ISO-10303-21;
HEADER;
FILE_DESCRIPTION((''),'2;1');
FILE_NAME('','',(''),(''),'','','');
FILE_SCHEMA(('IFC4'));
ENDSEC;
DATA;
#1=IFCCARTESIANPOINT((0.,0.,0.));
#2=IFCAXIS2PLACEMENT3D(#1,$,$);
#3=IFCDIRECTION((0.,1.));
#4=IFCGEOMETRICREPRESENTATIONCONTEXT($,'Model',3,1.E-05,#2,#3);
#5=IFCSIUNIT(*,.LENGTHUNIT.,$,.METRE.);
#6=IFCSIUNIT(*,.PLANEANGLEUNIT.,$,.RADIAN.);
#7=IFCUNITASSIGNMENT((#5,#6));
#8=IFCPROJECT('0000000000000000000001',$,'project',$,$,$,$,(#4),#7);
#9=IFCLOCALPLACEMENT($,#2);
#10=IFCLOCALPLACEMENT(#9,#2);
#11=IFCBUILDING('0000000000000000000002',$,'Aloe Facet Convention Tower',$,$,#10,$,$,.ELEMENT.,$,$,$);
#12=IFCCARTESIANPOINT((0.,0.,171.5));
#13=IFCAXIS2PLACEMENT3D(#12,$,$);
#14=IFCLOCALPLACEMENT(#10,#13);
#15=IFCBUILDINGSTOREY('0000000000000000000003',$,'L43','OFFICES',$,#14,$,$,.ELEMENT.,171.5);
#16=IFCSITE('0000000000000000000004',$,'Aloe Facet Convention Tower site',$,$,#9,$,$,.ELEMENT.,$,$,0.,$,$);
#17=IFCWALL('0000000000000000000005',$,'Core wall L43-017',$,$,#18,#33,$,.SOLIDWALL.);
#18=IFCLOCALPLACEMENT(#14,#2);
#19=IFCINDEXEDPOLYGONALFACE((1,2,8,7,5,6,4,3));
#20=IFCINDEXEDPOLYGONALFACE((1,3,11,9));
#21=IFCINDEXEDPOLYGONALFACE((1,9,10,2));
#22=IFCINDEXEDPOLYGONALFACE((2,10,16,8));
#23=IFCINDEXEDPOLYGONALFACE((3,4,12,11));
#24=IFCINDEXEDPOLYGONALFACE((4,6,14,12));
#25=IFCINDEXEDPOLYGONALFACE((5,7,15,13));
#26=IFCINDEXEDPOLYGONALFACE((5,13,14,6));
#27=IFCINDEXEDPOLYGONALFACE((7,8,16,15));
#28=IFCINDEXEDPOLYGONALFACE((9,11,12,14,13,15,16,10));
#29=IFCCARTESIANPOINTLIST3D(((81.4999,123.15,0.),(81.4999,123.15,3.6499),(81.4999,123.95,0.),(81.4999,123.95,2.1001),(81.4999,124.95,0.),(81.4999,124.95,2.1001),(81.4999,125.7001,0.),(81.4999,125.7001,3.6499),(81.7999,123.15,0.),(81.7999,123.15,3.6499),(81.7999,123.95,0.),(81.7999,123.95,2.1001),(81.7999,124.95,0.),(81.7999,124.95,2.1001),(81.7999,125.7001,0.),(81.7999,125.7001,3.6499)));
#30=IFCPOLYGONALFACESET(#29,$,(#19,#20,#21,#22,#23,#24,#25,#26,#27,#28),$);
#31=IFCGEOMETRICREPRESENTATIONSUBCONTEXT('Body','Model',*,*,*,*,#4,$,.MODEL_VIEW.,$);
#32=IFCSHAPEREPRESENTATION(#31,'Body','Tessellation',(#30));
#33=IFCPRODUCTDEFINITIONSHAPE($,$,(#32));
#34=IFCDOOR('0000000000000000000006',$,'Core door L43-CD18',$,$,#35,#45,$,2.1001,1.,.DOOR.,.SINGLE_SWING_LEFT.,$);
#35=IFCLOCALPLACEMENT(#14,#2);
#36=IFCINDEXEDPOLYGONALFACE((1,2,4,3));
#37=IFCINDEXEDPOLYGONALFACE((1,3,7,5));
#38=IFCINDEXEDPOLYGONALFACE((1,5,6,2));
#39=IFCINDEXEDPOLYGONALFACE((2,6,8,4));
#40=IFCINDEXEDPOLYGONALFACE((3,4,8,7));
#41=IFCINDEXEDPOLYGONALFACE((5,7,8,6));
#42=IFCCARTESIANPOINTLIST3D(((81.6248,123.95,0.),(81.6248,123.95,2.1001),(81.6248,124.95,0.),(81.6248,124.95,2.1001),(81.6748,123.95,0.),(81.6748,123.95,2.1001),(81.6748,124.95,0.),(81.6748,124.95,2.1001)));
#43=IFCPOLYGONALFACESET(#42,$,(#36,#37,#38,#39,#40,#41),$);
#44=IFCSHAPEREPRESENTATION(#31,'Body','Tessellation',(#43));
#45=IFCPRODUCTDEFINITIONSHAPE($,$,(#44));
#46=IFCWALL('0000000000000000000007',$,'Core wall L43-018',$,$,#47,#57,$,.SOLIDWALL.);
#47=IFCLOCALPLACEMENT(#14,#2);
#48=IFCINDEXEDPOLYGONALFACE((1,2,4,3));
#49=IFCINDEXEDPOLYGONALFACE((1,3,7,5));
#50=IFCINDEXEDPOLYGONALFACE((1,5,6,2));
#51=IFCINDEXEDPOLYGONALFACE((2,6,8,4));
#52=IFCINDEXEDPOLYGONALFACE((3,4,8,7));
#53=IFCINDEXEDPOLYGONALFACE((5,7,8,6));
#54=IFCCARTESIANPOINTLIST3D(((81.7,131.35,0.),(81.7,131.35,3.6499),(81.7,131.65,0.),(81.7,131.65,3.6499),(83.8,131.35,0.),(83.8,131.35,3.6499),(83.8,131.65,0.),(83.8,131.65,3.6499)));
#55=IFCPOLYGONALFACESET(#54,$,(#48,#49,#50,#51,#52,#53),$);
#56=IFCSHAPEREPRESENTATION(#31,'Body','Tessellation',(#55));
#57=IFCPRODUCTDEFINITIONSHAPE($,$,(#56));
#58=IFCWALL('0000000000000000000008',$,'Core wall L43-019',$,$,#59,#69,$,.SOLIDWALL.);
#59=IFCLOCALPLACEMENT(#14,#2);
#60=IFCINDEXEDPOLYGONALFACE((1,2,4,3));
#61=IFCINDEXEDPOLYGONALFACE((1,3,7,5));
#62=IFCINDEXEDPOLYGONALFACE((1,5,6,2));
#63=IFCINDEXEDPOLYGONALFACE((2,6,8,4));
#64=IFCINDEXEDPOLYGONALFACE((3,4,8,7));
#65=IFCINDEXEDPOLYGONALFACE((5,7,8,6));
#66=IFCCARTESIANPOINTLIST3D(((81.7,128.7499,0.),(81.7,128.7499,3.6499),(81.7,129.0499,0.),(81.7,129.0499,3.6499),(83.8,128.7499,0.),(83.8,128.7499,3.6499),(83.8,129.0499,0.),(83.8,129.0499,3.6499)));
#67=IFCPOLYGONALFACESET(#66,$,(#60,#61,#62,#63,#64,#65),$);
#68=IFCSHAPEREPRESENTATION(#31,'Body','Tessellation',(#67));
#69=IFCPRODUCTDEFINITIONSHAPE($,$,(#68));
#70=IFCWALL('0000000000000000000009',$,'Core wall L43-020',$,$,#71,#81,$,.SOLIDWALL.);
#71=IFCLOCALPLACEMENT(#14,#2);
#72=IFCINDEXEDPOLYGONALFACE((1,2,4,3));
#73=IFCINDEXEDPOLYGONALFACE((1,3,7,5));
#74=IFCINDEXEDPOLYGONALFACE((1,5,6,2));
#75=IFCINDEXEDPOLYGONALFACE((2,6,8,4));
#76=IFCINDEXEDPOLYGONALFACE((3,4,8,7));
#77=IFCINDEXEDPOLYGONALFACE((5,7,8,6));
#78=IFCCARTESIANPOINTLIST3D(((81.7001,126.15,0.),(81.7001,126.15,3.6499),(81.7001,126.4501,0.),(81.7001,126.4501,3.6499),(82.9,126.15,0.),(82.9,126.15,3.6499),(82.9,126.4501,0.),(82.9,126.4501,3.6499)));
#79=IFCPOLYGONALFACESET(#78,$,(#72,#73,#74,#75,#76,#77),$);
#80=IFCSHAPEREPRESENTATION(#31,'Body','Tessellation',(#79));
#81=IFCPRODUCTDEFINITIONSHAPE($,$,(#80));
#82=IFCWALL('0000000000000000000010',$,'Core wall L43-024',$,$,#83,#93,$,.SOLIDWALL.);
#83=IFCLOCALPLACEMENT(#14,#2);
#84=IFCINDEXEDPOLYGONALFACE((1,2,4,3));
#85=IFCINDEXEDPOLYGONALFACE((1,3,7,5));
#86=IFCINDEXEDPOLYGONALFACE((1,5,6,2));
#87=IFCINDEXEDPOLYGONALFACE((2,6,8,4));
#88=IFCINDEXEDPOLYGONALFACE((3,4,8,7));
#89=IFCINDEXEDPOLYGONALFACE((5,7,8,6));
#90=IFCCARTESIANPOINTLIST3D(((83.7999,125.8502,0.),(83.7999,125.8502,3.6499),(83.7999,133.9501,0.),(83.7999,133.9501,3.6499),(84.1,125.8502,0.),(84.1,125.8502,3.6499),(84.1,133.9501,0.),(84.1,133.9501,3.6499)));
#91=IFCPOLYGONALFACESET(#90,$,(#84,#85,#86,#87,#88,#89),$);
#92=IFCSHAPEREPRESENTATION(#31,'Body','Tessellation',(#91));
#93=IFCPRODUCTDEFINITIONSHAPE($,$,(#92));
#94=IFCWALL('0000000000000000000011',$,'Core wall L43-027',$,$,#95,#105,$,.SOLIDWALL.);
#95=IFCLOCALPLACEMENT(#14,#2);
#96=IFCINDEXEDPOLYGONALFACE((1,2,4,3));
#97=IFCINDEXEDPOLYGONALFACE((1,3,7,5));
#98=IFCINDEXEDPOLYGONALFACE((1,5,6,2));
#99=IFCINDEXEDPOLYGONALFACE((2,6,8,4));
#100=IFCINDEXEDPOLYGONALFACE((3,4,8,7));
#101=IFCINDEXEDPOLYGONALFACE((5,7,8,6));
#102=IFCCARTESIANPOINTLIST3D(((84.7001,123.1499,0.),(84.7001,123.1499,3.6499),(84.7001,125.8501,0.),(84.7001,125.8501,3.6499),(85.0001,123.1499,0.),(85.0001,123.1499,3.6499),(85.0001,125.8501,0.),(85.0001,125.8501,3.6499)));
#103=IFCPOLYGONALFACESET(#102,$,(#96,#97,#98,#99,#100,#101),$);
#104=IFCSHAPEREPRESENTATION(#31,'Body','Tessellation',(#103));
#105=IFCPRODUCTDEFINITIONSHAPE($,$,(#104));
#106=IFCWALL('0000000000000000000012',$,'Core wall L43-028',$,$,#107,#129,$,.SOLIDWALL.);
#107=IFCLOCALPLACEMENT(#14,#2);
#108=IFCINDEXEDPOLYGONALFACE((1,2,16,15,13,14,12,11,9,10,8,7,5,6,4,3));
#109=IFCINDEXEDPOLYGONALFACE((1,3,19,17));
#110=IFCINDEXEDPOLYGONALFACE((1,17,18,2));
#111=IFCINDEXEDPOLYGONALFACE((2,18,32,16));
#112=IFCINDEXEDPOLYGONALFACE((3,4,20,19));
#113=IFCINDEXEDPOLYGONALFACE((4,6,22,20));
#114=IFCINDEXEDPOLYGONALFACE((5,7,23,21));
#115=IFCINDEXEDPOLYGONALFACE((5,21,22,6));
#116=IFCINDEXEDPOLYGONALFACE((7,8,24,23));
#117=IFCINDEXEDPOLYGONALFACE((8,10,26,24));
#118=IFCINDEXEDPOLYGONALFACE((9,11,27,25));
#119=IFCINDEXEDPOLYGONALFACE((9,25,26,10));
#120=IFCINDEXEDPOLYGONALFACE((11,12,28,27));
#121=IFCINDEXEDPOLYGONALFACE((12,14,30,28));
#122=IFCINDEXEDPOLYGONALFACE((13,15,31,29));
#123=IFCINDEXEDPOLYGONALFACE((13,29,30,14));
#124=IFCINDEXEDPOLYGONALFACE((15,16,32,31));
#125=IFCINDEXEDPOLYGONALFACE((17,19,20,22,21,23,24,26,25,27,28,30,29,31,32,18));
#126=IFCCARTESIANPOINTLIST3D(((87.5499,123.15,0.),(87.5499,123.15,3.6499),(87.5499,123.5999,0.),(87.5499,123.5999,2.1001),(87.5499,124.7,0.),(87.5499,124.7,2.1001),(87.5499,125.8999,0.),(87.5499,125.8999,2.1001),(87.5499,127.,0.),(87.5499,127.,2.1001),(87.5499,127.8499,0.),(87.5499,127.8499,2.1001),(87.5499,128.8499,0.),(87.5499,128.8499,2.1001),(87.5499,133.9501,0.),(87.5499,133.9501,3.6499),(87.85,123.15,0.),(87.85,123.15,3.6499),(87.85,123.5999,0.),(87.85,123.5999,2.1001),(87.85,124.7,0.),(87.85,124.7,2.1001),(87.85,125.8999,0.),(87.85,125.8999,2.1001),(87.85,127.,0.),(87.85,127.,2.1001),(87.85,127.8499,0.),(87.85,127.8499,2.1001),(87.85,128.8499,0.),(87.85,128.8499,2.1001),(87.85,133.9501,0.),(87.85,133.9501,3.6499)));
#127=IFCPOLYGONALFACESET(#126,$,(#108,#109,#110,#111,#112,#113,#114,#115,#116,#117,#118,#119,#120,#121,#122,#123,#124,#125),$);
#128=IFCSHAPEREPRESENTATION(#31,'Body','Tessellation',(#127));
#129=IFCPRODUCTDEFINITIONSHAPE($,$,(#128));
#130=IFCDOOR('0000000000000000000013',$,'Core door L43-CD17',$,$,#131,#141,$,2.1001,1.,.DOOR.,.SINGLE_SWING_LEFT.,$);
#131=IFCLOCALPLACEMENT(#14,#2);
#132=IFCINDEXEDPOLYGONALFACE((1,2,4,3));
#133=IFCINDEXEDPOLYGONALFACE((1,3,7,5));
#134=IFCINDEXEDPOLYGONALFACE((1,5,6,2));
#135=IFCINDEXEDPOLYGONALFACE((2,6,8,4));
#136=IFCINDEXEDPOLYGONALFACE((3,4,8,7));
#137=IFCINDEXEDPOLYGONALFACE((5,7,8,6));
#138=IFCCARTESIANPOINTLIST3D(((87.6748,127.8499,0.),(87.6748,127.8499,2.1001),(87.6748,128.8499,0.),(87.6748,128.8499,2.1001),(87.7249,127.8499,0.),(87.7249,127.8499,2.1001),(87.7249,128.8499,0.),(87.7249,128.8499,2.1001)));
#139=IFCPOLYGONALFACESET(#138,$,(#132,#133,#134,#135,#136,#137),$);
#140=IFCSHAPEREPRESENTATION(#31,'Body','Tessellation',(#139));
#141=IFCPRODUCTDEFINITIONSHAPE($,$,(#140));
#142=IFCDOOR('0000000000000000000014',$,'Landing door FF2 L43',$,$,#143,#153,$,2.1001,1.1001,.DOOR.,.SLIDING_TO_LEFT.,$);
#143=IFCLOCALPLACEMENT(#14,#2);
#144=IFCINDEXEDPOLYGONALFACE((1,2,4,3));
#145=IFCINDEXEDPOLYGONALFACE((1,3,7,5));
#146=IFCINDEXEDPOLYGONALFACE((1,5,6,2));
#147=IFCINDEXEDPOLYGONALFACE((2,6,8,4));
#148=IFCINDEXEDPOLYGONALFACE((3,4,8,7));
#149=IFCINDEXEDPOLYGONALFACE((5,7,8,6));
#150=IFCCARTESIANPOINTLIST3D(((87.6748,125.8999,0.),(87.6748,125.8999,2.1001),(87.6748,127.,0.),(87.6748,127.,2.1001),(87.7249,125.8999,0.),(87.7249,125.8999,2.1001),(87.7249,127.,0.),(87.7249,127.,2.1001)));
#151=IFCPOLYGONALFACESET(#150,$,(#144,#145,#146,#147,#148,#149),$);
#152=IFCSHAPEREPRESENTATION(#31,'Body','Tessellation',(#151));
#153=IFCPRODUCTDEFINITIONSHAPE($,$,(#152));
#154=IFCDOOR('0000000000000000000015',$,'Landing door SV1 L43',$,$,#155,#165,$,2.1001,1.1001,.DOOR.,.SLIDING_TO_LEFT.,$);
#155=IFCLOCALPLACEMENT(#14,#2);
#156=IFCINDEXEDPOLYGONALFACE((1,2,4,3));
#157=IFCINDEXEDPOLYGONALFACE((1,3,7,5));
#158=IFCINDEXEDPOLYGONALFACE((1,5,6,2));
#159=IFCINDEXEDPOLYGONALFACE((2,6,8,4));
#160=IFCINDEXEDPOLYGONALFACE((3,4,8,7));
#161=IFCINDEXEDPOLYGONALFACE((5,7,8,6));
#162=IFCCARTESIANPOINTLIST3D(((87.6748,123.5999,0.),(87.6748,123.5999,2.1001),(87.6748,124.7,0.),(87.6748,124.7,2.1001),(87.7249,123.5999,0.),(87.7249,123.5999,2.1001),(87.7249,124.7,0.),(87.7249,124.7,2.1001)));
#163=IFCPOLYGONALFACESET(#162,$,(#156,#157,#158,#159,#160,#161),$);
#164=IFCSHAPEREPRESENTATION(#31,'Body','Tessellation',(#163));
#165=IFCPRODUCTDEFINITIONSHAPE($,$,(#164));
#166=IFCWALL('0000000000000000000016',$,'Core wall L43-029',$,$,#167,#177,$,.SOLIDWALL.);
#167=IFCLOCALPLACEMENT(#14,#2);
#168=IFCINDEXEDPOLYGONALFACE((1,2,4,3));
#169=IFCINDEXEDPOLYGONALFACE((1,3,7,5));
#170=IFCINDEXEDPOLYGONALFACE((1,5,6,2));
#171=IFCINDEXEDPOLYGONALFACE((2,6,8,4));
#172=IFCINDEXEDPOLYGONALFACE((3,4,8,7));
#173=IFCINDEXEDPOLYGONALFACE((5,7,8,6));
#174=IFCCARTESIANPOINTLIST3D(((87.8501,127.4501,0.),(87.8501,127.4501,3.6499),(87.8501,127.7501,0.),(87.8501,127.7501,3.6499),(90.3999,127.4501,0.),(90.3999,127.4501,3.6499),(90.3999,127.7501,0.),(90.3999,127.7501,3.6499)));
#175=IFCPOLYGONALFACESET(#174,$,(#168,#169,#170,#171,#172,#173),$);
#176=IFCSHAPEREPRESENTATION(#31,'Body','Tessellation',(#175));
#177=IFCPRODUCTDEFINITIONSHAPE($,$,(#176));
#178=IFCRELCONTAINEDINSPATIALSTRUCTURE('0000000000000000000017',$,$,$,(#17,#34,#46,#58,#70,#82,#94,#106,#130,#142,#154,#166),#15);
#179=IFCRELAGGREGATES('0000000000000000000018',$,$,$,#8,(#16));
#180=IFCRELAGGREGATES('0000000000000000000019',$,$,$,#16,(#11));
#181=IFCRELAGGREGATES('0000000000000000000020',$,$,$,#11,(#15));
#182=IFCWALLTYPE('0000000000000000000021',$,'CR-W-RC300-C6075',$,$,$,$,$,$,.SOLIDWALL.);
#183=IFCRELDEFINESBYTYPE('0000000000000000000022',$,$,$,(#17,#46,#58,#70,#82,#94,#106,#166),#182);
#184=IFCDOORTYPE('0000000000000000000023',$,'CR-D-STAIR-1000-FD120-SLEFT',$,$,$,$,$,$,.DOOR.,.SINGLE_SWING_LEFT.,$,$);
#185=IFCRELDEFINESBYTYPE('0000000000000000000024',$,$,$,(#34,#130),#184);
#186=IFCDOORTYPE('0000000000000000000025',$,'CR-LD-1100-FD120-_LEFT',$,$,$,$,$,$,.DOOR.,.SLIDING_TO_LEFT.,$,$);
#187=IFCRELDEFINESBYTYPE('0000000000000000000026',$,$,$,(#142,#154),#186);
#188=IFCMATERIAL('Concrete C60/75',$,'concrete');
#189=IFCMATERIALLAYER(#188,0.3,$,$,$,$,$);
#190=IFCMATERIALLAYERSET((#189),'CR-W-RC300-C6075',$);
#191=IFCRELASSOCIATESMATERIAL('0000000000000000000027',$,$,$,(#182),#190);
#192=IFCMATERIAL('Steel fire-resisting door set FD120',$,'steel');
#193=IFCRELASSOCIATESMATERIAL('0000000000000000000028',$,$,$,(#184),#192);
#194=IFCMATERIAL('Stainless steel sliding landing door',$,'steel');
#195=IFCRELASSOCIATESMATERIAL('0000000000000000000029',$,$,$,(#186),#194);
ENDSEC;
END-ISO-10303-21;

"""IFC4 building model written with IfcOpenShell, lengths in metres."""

from ifc_helpers import new_model, si_unit, direction, frame, frame_2d, origin, place, context, subcontext, project, spatial, rectangle, extrude, material, layer, layer_set, type_object, element, fill, save


model = new_model("IFC4")

# Units and contexts
model_context = context("Model", 3, precision=1e-05, world=origin(), true_north=direction((0.0, 1.0)))
body_context = subcontext(model_context, "Body", "Model", "MODEL_VIEW")
ifc_project = project(units=[si_unit("LENGTHUNIT", "METRE"), si_unit("PLANEANGLEUNIT", "RADIAN")], contexts=[model_context])

# Site, building, storey
site_placement = place(None, origin())
site = spatial("IfcSite", under=ifc_project, at=site_placement, Name="Aloe Facet Convention Tower site", CompositionType="ELEMENT", RefElevation=0.0)
building_placement = place(site_placement, origin())
building = spatial("IfcBuilding", under=site, at=building_placement, Name="Aloe Facet Convention Tower", CompositionType="ELEMENT")
storey_placement = place(building_placement, frame((0.0, 0.0, 171.5)))
storey = spatial("IfcBuildingStorey", under=building, at=storey_placement, Name="L43", Description="OFFICES", CompositionType="ELEMENT", Elevation=171.5)

# Shared definitions
ifc_material_1 = material(Name="Concrete C60/75", Category="concrete")
ifc_layer_1 = layer(ifc_material_1, 0.3)
ifc_layer_set_1 = layer_set([ifc_layer_1], Name="CR-W-RC300-C6075")
wall_type_1 = type_object("IfcWallType", Name="CR-W-RC300-C6075", PredefinedType="SOLIDWALL", material=ifc_layer_set_1)

# Wall, opening, door
wall_1_placement = place(storey_placement, frame((81.6499, 125.7, 0.0), z_axis=(0.0, 0.0, 1.0), x_axis=(0.0, -1.0, 0.0)))
wall_1 = element("IfcWall", 1, at=wall_1_placement, inside=storey, type_object=wall_type_1, Name="Core wall L43-017", PredefinedType="SOLIDWALL", context=body_context, shape_type="SweptSolid", body=[
    extrude(rectangle(XDim=2.55, YDim=0.3, at=frame_2d((1.2749, 0.0))), origin(), (0.0, 0.0, 1.0), 3.6499),
])
opening_1_placement = place(wall_1_placement, frame((0.75, 0.0, 0.0)))
opening_1 = element("IfcOpeningElement", 2, at=opening_1_placement, cuts=wall_1, PredefinedType="OPENING", context=body_context, shape_type="SweptSolid", body=[
    extrude(rectangle(XDim=1.0, YDim=2.1001, at=frame_2d((0.5, 1.05))), frame((0.0, 0.1602, 0.0), z_axis=(0.0, -1.0, 0.0), x_axis=(1.0, 0.0, 0.0)), (0.0, 0.0, 1.0), 0.3201),
])
ifc_material_2 = material(Name="Steel fire-resisting door set FD120", Category="steel")
door_type_1 = type_object("IfcDoorType", Name="CR-D-STAIR-1000-FD120-SLEFT", OperationType="SINGLE_SWING_LEFT", PredefinedType="DOOR", material=ifc_material_2)
door_1_placement = place(opening_1_placement, origin())
door_1 = element("IfcDoor", 3, at=door_1_placement, inside=storey, type_object=door_type_1, Name="Core door L43-CD18", OperationType="SINGLE_SWING_LEFT", OverallHeight=2.1001, OverallWidth=1.0, PredefinedType="DOOR", context=body_context, shape_type="SweptSolid", body=[
    extrude(rectangle(XDim=1.0, YDim=2.1001, at=frame_2d((0.5, 1.05))), frame((0.0, 0.0249, 0.0), z_axis=(0.0, -1.0, 0.0), x_axis=(1.0, 0.0, 0.0)), (0.0, 0.0, 1.0), 0.05),
])
fill(opening_1, door_1)

# Walls
for number, where, z_axis, x_axis, name in (
    (4, (81.7, 131.5, 0.0), (0.0, 0.0, 1.0), (1.0, 0.0, 0.0), "Core wall L43-018"),
    (5, (81.7, 128.8999, 0.0), (0.0, 0.0, 1.0), (1.0, 0.0, 0.0), "Core wall L43-019"),
):
    element("IfcWall", number, at=place(storey_placement, frame(where, z_axis=z_axis, x_axis=x_axis)), inside=storey, type_object=wall_type_1, Name=name, PredefinedType="SOLIDWALL", context=body_context, shape_type="SweptSolid", body=[
        extrude(rectangle(XDim=2.1001, YDim=0.3, at=frame_2d((1.05, 0.0))), origin(), (0.0, 0.0, 1.0), 3.6499),
    ])
wall_2_placement = place(storey_placement, frame((81.7, 126.3, 0.0), z_axis=(0.0, 0.0, 1.0), x_axis=(1.0, 0.0, 0.0)))
element("IfcWall", 6, at=wall_2_placement, inside=storey, type_object=wall_type_1, Name="Core wall L43-020", PredefinedType="SOLIDWALL", context=body_context, shape_type="SweptSolid", body=[
    extrude(rectangle(XDim=1.2, YDim=0.3, at=frame_2d((0.6001, 0.0))), origin(), (0.0, 0.0, 1.0), 3.6499),
])
wall_3_placement = place(storey_placement, frame((83.95, 133.95, 0.0), z_axis=(0.0, 0.0, 1.0), x_axis=(0.0, -1.0, 0.0)))
element("IfcWall", 7, at=wall_3_placement, inside=storey, type_object=wall_type_1, Name="Core wall L43-024", PredefinedType="SOLIDWALL", context=body_context, shape_type="SweptSolid", body=[
    extrude(rectangle(XDim=8.0999, YDim=0.3, at=frame_2d((4.0498, 0.0))), origin(), (0.0, 0.0, 1.0), 3.6499),
])
wall_4_placement = place(storey_placement, frame((84.8501, 125.8501, 0.0), z_axis=(0.0, 0.0, 1.0), x_axis=(0.0, -1.0, 0.0)))
element("IfcWall", 8, at=wall_4_placement, inside=storey, type_object=wall_type_1, Name="Core wall L43-027", PredefinedType="SOLIDWALL", context=body_context, shape_type="SweptSolid", body=[
    extrude(rectangle(XDim=2.7002, YDim=0.3, at=frame_2d((1.3501, 0.0))), origin(), (0.0, 0.0, 1.0), 3.6499),
])

# Wall, openings, doors
wall_5_placement = place(storey_placement, frame((87.7, 133.95, 0.0), z_axis=(0.0, 0.0, 1.0), x_axis=(0.0, -1.0, 0.0)))
wall_5 = element("IfcWall", 9, at=wall_5_placement, inside=storey, type_object=wall_type_1, Name="Core wall L43-028", PredefinedType="SOLIDWALL", context=body_context, shape_type="SweptSolid", body=[
    extrude(rectangle(XDim=10.8, YDim=0.3, at=frame_2d((5.3999, 0.0))), origin(), (0.0, 0.0, 1.0), 3.6499),
])
opening_2_placement = place(wall_5_placement, frame((6.95, 0.0, 0.0)))
opening_2 = element("IfcOpeningElement", 10, at=opening_2_placement, cuts=wall_5, PredefinedType="OPENING", context=body_context, shape_type="SweptSolid", body=[
    extrude(rectangle(XDim=1.1001, YDim=2.1001, at=frame_2d((0.55, 1.05))), frame((0.0, 0.1602, 0.0), z_axis=(0.0, -1.0, 0.0), x_axis=(1.0, 0.0, 0.0)), (0.0, 0.0, 1.0), 0.3201),
])
opening_3_placement = place(wall_5_placement, frame((5.1001, 0.0, 0.0)))
opening_3 = element("IfcOpeningElement", 11, at=opening_3_placement, cuts=wall_5, PredefinedType="OPENING", context=body_context, shape_type="SweptSolid", body=[
    extrude(rectangle(XDim=1.0, YDim=2.1001, at=frame_2d((0.5, 1.05))), frame((0.0, 0.1602, 0.0), z_axis=(0.0, -1.0, 0.0), x_axis=(1.0, 0.0, 0.0)), (0.0, 0.0, 1.0), 0.3201),
])
opening_4_placement = place(wall_5_placement, frame((9.25, 0.0, 0.0)))
opening_4 = element("IfcOpeningElement", 12, at=opening_4_placement, cuts=wall_5, PredefinedType="OPENING", context=body_context, shape_type="SweptSolid", body=[
    extrude(rectangle(XDim=1.1001, YDim=2.1001, at=frame_2d((0.55, 1.05))), frame((0.0, 0.1602, 0.0), z_axis=(0.0, -1.0, 0.0), x_axis=(1.0, 0.0, 0.0)), (0.0, 0.0, 1.0), 0.3201),
])
door_2_placement = place(opening_3_placement, origin())
door_2 = element("IfcDoor", 13, at=door_2_placement, inside=storey, type_object=door_type_1, Name="Core door L43-CD17", OperationType="SINGLE_SWING_LEFT", OverallHeight=2.1001, OverallWidth=1.0, PredefinedType="DOOR", context=body_context, shape_type="SweptSolid", body=[
    extrude(rectangle(XDim=1.0, YDim=2.1001, at=frame_2d((0.5, 1.05))), frame((0.0, 0.0249, 0.0), z_axis=(0.0, -1.0, 0.0), x_axis=(1.0, 0.0, 0.0)), (0.0, 0.0, 1.0), 0.05),
])
fill(opening_3, door_2)
ifc_material_3 = material(Name="Stainless steel sliding landing door", Category="steel")
door_type_2 = type_object("IfcDoorType", Name="CR-LD-1100-FD120-_LEFT", OperationType="SLIDING_TO_LEFT", PredefinedType="DOOR", material=ifc_material_3)
door_3_placement = place(opening_2_placement, origin())
door_3 = element("IfcDoor", 14, at=door_3_placement, inside=storey, type_object=door_type_2, Name="Landing door FF2 L43", OperationType="SLIDING_TO_LEFT", OverallHeight=2.1001, OverallWidth=1.1001, PredefinedType="DOOR", context=body_context, shape_type="SweptSolid", body=[
    extrude(rectangle(XDim=1.1001, YDim=2.1001, at=frame_2d((0.55, 1.05))), frame((0.0, 0.0249, 0.0), z_axis=(0.0, -1.0, 0.0), x_axis=(1.0, 0.0, 0.0)), (0.0, 0.0, 1.0), 0.05),
])
fill(opening_2, door_3)
door_4_placement = place(opening_4_placement, origin())
door_4 = element("IfcDoor", 15, at=door_4_placement, inside=storey, type_object=door_type_2, Name="Landing door SV1 L43", OperationType="SLIDING_TO_LEFT", OverallHeight=2.1001, OverallWidth=1.1001, PredefinedType="DOOR", context=body_context, shape_type="SweptSolid", body=[
    extrude(rectangle(XDim=1.1001, YDim=2.1001, at=frame_2d((0.55, 1.05))), frame((0.0, 0.0249, 0.0), z_axis=(0.0, -1.0, 0.0), x_axis=(1.0, 0.0, 0.0)), (0.0, 0.0, 1.0), 0.05),
])
fill(opening_4, door_4)

# Wall
for number, where, z_axis, x_axis, name in (
    (16, (87.8501, 127.6001, 0.0), (0.0, 0.0, 1.0), (1.0, 0.0, 0.0), "Core wall L43-029"),
):
    element("IfcWall", number, at=place(storey_placement, frame(where, z_axis=z_axis, x_axis=x_axis)), inside=storey, type_object=wall_type_1, Name=name, PredefinedType="SOLIDWALL", context=body_context, shape_type="SweptSolid", body=[
        extrude(rectangle(XDim=2.5498, YDim=0.3, at=frame_2d((1.2749, 0.0))), origin(), (0.0, 0.0, 1.0), 3.6499),
    ])

save(model, "model.ifc")
